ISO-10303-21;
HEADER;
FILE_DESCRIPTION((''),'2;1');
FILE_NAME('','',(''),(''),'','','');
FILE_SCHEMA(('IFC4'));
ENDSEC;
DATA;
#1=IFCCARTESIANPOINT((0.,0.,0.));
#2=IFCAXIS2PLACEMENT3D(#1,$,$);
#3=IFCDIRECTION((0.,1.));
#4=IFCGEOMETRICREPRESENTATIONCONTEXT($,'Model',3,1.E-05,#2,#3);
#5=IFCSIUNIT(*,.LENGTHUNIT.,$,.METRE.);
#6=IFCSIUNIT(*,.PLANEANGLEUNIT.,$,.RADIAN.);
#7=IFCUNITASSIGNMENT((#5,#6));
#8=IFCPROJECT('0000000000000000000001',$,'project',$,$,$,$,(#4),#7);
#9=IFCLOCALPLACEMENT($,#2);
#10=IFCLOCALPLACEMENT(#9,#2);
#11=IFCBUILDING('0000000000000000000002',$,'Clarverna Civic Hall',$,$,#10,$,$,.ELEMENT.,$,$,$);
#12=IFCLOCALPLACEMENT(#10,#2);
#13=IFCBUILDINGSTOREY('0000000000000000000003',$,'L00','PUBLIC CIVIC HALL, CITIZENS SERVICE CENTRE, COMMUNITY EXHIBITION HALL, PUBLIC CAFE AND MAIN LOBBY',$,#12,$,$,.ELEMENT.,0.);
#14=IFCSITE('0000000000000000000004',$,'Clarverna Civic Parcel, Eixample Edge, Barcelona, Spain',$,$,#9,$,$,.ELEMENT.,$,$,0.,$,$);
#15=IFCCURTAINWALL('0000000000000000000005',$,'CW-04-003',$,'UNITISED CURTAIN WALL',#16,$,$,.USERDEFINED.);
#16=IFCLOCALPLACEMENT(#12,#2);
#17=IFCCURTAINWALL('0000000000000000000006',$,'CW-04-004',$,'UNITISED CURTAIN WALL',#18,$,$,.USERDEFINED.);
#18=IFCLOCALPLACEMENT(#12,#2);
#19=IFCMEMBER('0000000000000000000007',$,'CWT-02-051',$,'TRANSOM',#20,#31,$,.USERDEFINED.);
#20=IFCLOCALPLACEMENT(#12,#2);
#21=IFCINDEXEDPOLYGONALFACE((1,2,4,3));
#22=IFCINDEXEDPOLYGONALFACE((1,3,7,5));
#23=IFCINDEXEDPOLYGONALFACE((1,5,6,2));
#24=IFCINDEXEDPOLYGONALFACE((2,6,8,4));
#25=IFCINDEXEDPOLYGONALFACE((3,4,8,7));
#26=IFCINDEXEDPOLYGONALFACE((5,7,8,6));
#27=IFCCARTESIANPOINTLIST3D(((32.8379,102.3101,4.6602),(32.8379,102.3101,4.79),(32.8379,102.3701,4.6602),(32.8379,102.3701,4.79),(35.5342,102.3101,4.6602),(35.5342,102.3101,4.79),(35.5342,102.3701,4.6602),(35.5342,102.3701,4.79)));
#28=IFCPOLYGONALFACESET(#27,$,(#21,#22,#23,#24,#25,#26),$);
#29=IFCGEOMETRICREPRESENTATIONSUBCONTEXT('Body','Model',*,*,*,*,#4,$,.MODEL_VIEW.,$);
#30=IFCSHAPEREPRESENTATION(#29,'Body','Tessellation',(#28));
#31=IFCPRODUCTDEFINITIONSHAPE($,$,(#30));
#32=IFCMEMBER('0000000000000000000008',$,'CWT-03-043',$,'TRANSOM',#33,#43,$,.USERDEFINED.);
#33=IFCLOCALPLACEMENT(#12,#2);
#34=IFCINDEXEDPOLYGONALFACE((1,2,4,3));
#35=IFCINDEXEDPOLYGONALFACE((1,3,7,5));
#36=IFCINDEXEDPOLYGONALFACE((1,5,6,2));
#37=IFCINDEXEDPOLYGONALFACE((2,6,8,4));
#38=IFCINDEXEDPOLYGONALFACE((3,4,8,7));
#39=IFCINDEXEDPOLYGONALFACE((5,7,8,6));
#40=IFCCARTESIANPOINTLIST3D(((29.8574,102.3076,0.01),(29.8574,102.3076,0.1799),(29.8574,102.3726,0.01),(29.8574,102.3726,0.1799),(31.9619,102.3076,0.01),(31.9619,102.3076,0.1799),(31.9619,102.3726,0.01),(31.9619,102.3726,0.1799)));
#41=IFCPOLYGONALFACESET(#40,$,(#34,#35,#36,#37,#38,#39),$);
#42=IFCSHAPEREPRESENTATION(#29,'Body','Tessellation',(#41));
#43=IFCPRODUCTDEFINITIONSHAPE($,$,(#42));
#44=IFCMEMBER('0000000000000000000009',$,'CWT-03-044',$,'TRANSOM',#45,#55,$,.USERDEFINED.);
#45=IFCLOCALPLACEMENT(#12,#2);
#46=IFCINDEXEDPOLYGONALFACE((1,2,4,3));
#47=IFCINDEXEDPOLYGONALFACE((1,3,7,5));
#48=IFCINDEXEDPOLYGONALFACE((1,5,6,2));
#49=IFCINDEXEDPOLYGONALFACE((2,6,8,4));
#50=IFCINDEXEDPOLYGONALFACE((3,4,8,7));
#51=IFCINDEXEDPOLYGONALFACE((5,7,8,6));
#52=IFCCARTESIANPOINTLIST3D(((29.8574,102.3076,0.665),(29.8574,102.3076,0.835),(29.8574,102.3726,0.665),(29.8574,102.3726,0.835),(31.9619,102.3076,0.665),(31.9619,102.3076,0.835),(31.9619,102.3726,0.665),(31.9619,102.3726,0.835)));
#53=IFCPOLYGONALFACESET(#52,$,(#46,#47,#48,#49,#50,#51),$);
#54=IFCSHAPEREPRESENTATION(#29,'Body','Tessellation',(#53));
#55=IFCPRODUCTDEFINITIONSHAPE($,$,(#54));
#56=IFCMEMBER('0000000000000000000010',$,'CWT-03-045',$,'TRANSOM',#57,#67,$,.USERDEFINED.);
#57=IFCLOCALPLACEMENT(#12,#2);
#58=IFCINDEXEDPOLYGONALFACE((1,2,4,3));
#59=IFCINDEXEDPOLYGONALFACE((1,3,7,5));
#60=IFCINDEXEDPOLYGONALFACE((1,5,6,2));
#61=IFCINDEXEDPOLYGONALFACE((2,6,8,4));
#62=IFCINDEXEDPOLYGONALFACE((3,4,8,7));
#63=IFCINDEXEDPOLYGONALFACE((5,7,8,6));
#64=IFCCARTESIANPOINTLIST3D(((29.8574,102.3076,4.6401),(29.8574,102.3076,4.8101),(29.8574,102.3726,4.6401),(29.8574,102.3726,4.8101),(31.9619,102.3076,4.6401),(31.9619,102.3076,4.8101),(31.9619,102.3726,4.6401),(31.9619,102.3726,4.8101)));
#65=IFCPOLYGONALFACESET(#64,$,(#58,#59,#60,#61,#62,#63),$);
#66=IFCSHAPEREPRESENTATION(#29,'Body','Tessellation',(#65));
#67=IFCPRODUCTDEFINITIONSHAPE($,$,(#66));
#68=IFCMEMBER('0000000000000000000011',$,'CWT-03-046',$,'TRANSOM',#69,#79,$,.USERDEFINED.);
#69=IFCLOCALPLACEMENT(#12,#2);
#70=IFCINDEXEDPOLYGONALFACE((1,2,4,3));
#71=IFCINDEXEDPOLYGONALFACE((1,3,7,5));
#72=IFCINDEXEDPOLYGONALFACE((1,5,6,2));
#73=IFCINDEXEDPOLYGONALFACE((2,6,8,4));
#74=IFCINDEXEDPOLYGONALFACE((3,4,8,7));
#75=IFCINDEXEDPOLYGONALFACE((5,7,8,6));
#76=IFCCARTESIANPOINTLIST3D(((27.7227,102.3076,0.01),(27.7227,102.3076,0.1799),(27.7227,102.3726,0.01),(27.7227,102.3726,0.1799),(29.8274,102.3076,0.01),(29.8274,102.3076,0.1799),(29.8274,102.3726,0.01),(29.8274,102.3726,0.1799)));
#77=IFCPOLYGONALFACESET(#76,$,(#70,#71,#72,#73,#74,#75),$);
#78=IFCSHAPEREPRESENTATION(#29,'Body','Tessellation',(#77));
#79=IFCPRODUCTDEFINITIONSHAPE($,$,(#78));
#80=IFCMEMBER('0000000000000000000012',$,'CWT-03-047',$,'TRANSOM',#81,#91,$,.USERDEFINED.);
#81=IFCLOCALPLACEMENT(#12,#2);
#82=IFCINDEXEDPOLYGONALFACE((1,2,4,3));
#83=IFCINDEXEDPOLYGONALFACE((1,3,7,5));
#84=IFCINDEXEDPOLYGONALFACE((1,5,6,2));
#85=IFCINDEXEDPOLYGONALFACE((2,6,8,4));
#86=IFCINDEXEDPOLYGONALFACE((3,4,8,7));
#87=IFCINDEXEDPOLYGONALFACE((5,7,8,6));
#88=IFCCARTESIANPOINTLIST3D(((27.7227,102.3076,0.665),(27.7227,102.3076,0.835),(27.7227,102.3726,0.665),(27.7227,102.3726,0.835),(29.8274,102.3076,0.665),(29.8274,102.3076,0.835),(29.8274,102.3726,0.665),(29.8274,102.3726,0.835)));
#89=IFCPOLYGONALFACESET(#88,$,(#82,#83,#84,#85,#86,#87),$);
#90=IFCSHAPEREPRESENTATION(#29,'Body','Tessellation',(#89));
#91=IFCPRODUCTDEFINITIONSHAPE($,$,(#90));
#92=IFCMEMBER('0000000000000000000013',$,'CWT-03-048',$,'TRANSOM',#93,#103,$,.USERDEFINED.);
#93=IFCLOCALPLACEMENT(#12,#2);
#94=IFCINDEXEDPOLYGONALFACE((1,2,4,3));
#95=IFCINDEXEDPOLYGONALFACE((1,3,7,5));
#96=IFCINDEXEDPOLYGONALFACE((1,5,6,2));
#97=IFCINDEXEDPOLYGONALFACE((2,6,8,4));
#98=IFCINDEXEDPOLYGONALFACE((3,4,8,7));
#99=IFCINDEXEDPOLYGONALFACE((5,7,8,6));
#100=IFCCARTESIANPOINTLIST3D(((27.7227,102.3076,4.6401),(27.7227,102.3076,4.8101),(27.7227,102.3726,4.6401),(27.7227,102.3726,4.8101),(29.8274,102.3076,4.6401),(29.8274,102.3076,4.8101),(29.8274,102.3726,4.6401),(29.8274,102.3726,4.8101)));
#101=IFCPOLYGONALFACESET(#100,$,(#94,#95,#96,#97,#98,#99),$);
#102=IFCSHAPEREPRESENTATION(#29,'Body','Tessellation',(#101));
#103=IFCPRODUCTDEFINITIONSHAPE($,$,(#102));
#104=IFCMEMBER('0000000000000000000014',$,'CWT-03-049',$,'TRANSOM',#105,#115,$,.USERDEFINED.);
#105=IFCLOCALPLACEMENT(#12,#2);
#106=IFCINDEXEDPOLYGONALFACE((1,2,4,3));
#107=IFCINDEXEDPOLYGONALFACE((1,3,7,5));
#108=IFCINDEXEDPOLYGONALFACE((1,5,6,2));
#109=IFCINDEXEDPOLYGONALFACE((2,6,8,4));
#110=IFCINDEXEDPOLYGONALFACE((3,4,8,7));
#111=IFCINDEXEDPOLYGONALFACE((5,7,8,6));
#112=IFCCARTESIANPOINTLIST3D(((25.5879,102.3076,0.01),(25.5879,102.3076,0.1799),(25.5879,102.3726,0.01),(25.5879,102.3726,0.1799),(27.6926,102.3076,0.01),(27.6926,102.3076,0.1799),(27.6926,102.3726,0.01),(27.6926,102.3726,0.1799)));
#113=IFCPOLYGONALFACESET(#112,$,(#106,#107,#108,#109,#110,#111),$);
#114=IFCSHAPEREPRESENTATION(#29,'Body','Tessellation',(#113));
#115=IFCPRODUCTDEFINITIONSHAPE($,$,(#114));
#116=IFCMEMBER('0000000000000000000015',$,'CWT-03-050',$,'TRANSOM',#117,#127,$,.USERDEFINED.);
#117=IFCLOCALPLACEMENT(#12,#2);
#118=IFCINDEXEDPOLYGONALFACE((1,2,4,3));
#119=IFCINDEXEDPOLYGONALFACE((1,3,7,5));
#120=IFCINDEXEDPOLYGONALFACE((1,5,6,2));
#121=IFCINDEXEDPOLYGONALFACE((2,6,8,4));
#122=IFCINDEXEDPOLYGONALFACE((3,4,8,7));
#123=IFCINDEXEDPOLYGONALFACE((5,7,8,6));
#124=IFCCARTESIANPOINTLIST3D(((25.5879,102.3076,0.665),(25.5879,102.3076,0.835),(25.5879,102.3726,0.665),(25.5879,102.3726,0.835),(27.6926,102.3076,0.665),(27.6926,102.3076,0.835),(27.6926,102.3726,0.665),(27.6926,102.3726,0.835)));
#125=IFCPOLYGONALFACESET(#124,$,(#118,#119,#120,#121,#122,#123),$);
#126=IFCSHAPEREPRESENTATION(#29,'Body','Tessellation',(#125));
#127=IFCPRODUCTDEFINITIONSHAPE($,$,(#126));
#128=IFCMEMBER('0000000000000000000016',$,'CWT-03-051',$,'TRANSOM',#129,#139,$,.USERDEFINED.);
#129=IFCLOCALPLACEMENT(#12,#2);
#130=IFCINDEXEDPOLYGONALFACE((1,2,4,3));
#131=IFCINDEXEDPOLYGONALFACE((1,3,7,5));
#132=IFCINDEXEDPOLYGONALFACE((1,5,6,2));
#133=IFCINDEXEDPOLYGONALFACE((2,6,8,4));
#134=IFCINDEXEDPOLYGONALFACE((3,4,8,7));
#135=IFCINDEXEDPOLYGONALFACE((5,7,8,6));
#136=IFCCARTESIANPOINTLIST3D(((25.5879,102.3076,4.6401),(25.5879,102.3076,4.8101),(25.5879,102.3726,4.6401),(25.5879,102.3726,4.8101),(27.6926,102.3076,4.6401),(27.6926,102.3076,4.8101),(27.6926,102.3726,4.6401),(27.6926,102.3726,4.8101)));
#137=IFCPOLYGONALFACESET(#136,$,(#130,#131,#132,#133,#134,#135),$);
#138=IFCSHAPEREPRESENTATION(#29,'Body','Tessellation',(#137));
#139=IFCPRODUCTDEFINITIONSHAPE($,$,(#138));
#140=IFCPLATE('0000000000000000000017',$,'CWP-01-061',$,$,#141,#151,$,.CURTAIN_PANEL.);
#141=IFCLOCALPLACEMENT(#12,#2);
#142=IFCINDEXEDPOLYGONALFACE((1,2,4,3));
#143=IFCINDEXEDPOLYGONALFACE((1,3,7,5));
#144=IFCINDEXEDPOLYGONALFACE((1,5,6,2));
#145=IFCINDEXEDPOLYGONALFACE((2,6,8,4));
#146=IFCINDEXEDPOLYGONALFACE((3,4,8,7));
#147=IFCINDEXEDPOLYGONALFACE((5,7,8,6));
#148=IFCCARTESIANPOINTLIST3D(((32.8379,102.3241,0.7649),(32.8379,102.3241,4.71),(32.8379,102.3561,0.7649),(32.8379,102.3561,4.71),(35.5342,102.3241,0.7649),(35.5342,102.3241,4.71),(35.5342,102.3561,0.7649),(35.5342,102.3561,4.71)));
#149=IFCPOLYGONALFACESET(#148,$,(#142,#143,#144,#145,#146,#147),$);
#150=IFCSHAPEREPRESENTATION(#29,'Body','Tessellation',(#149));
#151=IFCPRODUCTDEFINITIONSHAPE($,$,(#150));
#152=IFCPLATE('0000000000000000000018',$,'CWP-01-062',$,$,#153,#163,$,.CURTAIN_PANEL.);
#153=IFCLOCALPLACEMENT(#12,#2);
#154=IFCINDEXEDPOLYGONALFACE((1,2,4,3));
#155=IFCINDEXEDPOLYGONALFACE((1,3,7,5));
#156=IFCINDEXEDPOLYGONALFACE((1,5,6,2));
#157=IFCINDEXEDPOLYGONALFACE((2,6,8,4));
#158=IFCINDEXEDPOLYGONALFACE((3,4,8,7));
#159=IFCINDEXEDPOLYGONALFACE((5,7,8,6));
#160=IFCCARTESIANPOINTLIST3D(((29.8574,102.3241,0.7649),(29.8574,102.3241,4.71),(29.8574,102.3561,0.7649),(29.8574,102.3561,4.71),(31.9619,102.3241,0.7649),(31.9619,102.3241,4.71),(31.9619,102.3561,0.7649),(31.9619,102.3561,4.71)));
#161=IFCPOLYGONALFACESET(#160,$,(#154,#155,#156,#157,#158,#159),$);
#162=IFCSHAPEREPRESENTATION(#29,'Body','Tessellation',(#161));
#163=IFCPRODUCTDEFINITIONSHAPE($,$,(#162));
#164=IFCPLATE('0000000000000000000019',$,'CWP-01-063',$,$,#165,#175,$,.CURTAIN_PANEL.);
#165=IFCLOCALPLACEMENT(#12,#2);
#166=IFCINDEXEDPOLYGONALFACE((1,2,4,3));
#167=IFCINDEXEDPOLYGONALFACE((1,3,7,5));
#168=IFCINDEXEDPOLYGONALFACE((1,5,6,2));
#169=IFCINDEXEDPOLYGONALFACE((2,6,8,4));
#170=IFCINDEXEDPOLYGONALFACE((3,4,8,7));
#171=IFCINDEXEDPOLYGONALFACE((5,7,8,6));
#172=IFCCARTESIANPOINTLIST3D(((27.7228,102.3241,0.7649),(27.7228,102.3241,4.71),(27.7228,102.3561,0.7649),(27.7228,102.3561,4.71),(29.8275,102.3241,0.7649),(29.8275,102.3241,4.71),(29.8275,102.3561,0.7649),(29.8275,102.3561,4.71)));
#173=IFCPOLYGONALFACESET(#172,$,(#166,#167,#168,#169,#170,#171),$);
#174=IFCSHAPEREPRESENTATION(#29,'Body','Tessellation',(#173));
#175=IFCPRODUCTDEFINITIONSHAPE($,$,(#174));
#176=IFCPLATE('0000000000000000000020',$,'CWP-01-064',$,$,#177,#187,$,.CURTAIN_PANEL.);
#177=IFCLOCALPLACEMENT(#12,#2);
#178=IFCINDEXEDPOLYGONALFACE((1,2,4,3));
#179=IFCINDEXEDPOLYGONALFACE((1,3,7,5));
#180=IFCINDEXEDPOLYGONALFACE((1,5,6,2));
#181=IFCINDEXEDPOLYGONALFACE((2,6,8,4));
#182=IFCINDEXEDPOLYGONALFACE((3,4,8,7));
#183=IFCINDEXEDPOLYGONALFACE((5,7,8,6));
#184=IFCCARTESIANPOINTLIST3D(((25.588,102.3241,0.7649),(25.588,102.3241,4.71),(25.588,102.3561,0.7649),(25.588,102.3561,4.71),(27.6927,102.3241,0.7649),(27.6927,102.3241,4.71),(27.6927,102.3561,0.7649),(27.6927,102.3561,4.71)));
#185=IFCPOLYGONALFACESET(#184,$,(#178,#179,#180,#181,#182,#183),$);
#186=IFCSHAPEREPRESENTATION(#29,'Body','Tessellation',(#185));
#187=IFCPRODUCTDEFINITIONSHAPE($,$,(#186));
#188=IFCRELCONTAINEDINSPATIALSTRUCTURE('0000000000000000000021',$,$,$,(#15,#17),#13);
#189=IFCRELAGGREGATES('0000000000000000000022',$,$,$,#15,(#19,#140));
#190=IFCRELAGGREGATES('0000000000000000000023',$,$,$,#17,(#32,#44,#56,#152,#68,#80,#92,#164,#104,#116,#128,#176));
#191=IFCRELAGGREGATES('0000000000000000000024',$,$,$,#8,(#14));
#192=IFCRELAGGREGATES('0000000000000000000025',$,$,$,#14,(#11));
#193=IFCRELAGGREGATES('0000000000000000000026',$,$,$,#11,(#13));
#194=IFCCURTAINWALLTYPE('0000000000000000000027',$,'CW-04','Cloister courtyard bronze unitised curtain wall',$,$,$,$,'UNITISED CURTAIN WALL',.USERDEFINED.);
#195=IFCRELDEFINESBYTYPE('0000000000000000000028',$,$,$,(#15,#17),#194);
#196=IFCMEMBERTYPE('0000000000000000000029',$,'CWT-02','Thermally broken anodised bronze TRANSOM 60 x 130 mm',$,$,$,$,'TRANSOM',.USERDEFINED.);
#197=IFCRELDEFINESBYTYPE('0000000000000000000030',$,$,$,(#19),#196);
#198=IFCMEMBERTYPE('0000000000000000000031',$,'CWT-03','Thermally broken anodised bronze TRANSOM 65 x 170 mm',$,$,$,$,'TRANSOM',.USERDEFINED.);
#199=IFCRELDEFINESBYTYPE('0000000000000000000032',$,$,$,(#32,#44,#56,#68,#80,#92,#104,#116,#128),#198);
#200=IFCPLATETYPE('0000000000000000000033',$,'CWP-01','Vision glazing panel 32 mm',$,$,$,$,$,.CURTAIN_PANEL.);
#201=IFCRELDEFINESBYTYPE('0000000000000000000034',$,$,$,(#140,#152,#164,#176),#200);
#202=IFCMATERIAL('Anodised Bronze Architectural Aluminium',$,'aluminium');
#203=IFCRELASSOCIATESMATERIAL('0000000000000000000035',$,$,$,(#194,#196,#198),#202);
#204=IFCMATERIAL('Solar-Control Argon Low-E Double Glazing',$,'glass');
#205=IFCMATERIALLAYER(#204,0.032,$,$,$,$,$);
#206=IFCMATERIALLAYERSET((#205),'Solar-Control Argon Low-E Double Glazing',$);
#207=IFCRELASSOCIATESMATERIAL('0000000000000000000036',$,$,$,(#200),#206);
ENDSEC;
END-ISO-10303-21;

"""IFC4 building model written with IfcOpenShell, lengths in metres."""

from ifc_helpers import new_model, si_unit, direction, frame, frame_2d, origin, origin_2d, place, context, subcontext, project, spatial, rectangle, extrude, material, layer, layer_set, material_profile, profile_set, type_object, element, aggregate, save


model = new_model("IFC4")

# Units and contexts
model_context = context("Model", 3, precision=1e-05, world=origin(), true_north=direction((0.0, 1.0)))
body_context = subcontext(model_context, "Body", "Model", "MODEL_VIEW")
ifc_project = project(units=[si_unit("LENGTHUNIT", "METRE"), si_unit("PLANEANGLEUNIT", "RADIAN")], contexts=[model_context])

# Site, building, storey
site_placement = place(None, origin())
site = spatial("IfcSite", under=ifc_project, at=site_placement, Name="Clarverna Civic Parcel, Eixample Edge, Barcelona, Spain", CompositionType="ELEMENT", RefElevation=0.0)
building_placement = place(site_placement, origin())
building = spatial("IfcBuilding", under=site, at=building_placement, Name="Clarverna Civic Hall", CompositionType="ELEMENT")
storey_placement = place(building_placement, origin())
storey = spatial("IfcBuildingStorey", under=building, at=storey_placement, Name="L00", Description="PUBLIC CIVIC HALL, CITIZENS SERVICE CENTRE, COMMUNITY EXHIBITION HALL, PUBLIC CAFE AND MAIN LOBBY", CompositionType="ELEMENT", Elevation=0.0)

# Curtain walls
ifc_material_1 = material(Name="Anodised Bronze Architectural Aluminium", Category="aluminium")
curtain_wall_type = type_object("IfcCurtainWallType", Name="CW-04", Description="Cloister courtyard bronze unitised curtain wall", ElementType="UNITISED CURTAIN WALL", PredefinedType="USERDEFINED", material=ifc_material_1)
curtain_wall_1_placement = place(storey_placement, origin())
curtain_wall_1 = element("IfcCurtainWall", 1, at=curtain_wall_1_placement, inside=storey, type_object=curtain_wall_type, Name="CW-04-003", ObjectType="UNITISED CURTAIN WALL", PredefinedType="USERDEFINED")
curtain_wall_2_placement = place(storey_placement, origin())
curtain_wall_2 = element("IfcCurtainWall", 2, at=curtain_wall_2_placement, inside=storey, type_object=curtain_wall_type, Name="CW-04-004", ObjectType="UNITISED CURTAIN WALL", PredefinedType="USERDEFINED")

# Members
ifc_material_profile_1 = material_profile(ifc_material_1, rectangle(XDim=0.0601, YDim=0.1299, at=origin_2d()), Name="BRONZE 60x130")
ifc_profile_set_1 = profile_set([ifc_material_profile_1], Name="Anodised Bronze Architectural Aluminium")
member_type_1 = type_object("IfcMemberType", Name="CWT-02", Description="Thermally broken anodised bronze TRANSOM 60 x 130 mm", ElementType="TRANSOM", PredefinedType="USERDEFINED", material=ifc_profile_set_1)
member_1_placement = place(storey_placement, frame((35.5342, 102.3401, 4.7251), z_axis=(-1.0, 0.0, 0.0), x_axis=(0.0, -1.0, 0.0)))
member_1 = element("IfcMember", 3, at=member_1_placement, type_object=member_type_1, Name="CWT-02-051", ObjectType="TRANSOM", PredefinedType="USERDEFINED", context=body_context, shape_type="SweptSolid", body=[
    extrude(rectangle(XDim=0.0601, YDim=0.1299, at=origin_2d()), origin(), (0.0, 0.0, 1.0), 2.6963),
])
ifc_material_profile_2 = material_profile(ifc_material_1, rectangle(XDim=0.0649, YDim=0.1699, at=origin_2d()), Name="BRONZE 65x170")
ifc_profile_set_2 = profile_set([ifc_material_profile_2], Name="Anodised Bronze Architectural Aluminium")
member_type_2 = type_object("IfcMemberType", Name="CWT-03", Description="Thermally broken anodised bronze TRANSOM 65 x 170 mm", ElementType="TRANSOM", PredefinedType="USERDEFINED", material=ifc_profile_set_2)
member_2_placement = place(storey_placement, frame((31.9619, 102.3401, 0.095), z_axis=(-1.0, 0.0, 0.0), x_axis=(0.0, -1.0, 0.0)))
member_2 = element("IfcMember", 4, at=member_2_placement, type_object=member_type_2, Name="CWT-03-043", ObjectType="TRANSOM", PredefinedType="USERDEFINED", context=body_context, shape_type="SweptSolid", body=[
    extrude(rectangle(XDim=0.0649, YDim=0.1699, at=origin_2d()), origin(), (0.0, 0.0, 1.0), 2.1045),
])
member_3_placement = place(storey_placement, frame((31.9619, 102.3401, 0.75), z_axis=(-1.0, 0.0, 0.0), x_axis=(0.0, -1.0, 0.0)))
member_3 = element("IfcMember", 5, at=member_3_placement, type_object=member_type_2, Name="CWT-03-044", ObjectType="TRANSOM", PredefinedType="USERDEFINED", context=body_context, shape_type="SweptSolid", body=[
    extrude(rectangle(XDim=0.0649, YDim=0.1699, at=origin_2d()), origin(), (0.0, 0.0, 1.0), 2.1045),
])
member_4_placement = place(storey_placement, frame((31.9619, 102.3401, 4.7251), z_axis=(-1.0, 0.0, 0.0), x_axis=(0.0, -1.0, 0.0)))
member_4 = element("IfcMember", 6, at=member_4_placement, type_object=member_type_2, Name="CWT-03-045", ObjectType="TRANSOM", PredefinedType="USERDEFINED", context=body_context, shape_type="SweptSolid", body=[
    extrude(rectangle(XDim=0.0649, YDim=0.1699, at=origin_2d()), origin(), (0.0, 0.0, 1.0), 2.1045),
])
member_5_placement = place(storey_placement, frame((29.8274, 102.3401, 0.095), z_axis=(-1.0, 0.0, 0.0), x_axis=(0.0, -1.0, 0.0)))
member_5 = element("IfcMember", 7, at=member_5_placement, type_object=member_type_2, Name="CWT-03-046", ObjectType="TRANSOM", PredefinedType="USERDEFINED", context=body_context, shape_type="SweptSolid", body=[
    extrude(rectangle(XDim=0.0649, YDim=0.1699, at=origin_2d()), origin(), (0.0, 0.0, 1.0), 2.1047),
])
member_6_placement = place(storey_placement, frame((29.8274, 102.3401, 0.75), z_axis=(-1.0, 0.0, 0.0), x_axis=(0.0, -1.0, 0.0)))
member_6 = element("IfcMember", 8, at=member_6_placement, type_object=member_type_2, Name="CWT-03-047", ObjectType="TRANSOM", PredefinedType="USERDEFINED", context=body_context, shape_type="SweptSolid", body=[
    extrude(rectangle(XDim=0.0649, YDim=0.1699, at=origin_2d()), origin(), (0.0, 0.0, 1.0), 2.1047),
])
member_7_placement = place(storey_placement, frame((29.8274, 102.3401, 4.7251), z_axis=(-1.0, 0.0, 0.0), x_axis=(0.0, -1.0, 0.0)))
member_7 = element("IfcMember", 9, at=member_7_placement, type_object=member_type_2, Name="CWT-03-048", ObjectType="TRANSOM", PredefinedType="USERDEFINED", context=body_context, shape_type="SweptSolid", body=[
    extrude(rectangle(XDim=0.0649, YDim=0.1699, at=origin_2d()), origin(), (0.0, 0.0, 1.0), 2.1047),
])
member_8_placement = place(storey_placement, frame((27.6926, 102.3401, 0.095), z_axis=(-1.0, 0.0, 0.0), x_axis=(0.0, -1.0, 0.0)))
member_8 = element("IfcMember", 10, at=member_8_placement, type_object=member_type_2, Name="CWT-03-049", ObjectType="TRANSOM", PredefinedType="USERDEFINED", context=body_context, shape_type="SweptSolid", body=[
    extrude(rectangle(XDim=0.0649, YDim=0.1699, at=origin_2d()), origin(), (0.0, 0.0, 1.0), 2.1047),
])
member_9_placement = place(storey_placement, frame((27.6926, 102.3401, 0.75), z_axis=(-1.0, 0.0, 0.0), x_axis=(0.0, -1.0, 0.0)))
member_9 = element("IfcMember", 11, at=member_9_placement, type_object=member_type_2, Name="CWT-03-050", ObjectType="TRANSOM", PredefinedType="USERDEFINED", context=body_context, shape_type="SweptSolid", body=[
    extrude(rectangle(XDim=0.0649, YDim=0.1699, at=origin_2d()), origin(), (0.0, 0.0, 1.0), 2.1047),
])
member_10_placement = place(storey_placement, frame((27.6926, 102.3401, 4.7251), z_axis=(-1.0, 0.0, 0.0), x_axis=(0.0, -1.0, 0.0)))
member_10 = element("IfcMember", 12, at=member_10_placement, type_object=member_type_2, Name="CWT-03-051", ObjectType="TRANSOM", PredefinedType="USERDEFINED", context=body_context, shape_type="SweptSolid", body=[
    extrude(rectangle(XDim=0.0649, YDim=0.1699, at=origin_2d()), origin(), (0.0, 0.0, 1.0), 2.1047),
])

# Plates
ifc_material_2 = material(Name="Solar-Control Argon Low-E Double Glazing", Category="glass")
ifc_layer_1 = layer(ifc_material_2, 0.032)
ifc_layer_set_1 = layer_set([ifc_layer_1], Name="Solar-Control Argon Low-E Double Glazing")
plate_type_1 = type_object("IfcPlateType", Name="CWP-01", Description="Vision glazing panel 32 mm", PredefinedType="CURTAIN_PANEL", material=ifc_layer_set_1)
plate_1_placement = place(storey_placement, frame((35.5342, 102.3401, 0.7649), z_axis=(0.0, 0.0, 1.0), x_axis=(-1.0, 0.0, 0.0)))
plate_1 = element("IfcPlate", 13, at=plate_1_placement, type_object=plate_type_1, Name="CWP-01-061", PredefinedType="CURTAIN_PANEL", context=body_context, shape_type="SweptSolid", body=[
    extrude(rectangle(XDim=2.6963, YDim=0.032, at=frame_2d((1.3481, 0.0))), origin(), (0.0, 0.0, 1.0), 3.9451),
])
plate_2_placement = place(storey_placement, frame((31.9619, 102.3401, 0.7649), z_axis=(0.0, 0.0, 1.0), x_axis=(-1.0, 0.0, 0.0)))
plate_2 = element("IfcPlate", 14, at=plate_2_placement, type_object=plate_type_1, Name="CWP-01-062", PredefinedType="CURTAIN_PANEL", context=body_context, shape_type="SweptSolid", body=[
    extrude(rectangle(XDim=2.1045, YDim=0.032, at=frame_2d((1.0522, 0.0))), origin(), (0.0, 0.0, 1.0), 3.9451),
])
plate_3_placement = place(storey_placement, frame((29.8274, 102.3401, 0.7649), z_axis=(0.0, 0.0, 1.0), x_axis=(-1.0, 0.0, 0.0)))
plate_3 = element("IfcPlate", 15, at=plate_3_placement, type_object=plate_type_1, Name="CWP-01-063", PredefinedType="CURTAIN_PANEL", context=body_context, shape_type="SweptSolid", body=[
    extrude(rectangle(XDim=2.1047, YDim=0.032, at=frame_2d((1.0522, 0.0))), origin(), (0.0, 0.0, 1.0), 3.9451),
])
plate_4_placement = place(storey_placement, frame((27.6926, 102.3401, 0.7649), z_axis=(0.0, 0.0, 1.0), x_axis=(-1.0, 0.0, 0.0)))
plate_4 = element("IfcPlate", 16, at=plate_4_placement, type_object=plate_type_1, Name="CWP-01-064", PredefinedType="CURTAIN_PANEL", context=body_context, shape_type="SweptSolid", body=[
    extrude(rectangle(XDim=2.1047, YDim=0.032, at=frame_2d((1.0522, 0.0))), origin(), (0.0, 0.0, 1.0), 3.9451),
])
aggregate(curtain_wall_1, [member_1, plate_1])
aggregate(curtain_wall_2, [member_2, member_3, member_4, plate_2, member_5, member_6, member_7, plate_3, member_8, member_9, member_10, plate_4])

save(model, "model.ifc")
